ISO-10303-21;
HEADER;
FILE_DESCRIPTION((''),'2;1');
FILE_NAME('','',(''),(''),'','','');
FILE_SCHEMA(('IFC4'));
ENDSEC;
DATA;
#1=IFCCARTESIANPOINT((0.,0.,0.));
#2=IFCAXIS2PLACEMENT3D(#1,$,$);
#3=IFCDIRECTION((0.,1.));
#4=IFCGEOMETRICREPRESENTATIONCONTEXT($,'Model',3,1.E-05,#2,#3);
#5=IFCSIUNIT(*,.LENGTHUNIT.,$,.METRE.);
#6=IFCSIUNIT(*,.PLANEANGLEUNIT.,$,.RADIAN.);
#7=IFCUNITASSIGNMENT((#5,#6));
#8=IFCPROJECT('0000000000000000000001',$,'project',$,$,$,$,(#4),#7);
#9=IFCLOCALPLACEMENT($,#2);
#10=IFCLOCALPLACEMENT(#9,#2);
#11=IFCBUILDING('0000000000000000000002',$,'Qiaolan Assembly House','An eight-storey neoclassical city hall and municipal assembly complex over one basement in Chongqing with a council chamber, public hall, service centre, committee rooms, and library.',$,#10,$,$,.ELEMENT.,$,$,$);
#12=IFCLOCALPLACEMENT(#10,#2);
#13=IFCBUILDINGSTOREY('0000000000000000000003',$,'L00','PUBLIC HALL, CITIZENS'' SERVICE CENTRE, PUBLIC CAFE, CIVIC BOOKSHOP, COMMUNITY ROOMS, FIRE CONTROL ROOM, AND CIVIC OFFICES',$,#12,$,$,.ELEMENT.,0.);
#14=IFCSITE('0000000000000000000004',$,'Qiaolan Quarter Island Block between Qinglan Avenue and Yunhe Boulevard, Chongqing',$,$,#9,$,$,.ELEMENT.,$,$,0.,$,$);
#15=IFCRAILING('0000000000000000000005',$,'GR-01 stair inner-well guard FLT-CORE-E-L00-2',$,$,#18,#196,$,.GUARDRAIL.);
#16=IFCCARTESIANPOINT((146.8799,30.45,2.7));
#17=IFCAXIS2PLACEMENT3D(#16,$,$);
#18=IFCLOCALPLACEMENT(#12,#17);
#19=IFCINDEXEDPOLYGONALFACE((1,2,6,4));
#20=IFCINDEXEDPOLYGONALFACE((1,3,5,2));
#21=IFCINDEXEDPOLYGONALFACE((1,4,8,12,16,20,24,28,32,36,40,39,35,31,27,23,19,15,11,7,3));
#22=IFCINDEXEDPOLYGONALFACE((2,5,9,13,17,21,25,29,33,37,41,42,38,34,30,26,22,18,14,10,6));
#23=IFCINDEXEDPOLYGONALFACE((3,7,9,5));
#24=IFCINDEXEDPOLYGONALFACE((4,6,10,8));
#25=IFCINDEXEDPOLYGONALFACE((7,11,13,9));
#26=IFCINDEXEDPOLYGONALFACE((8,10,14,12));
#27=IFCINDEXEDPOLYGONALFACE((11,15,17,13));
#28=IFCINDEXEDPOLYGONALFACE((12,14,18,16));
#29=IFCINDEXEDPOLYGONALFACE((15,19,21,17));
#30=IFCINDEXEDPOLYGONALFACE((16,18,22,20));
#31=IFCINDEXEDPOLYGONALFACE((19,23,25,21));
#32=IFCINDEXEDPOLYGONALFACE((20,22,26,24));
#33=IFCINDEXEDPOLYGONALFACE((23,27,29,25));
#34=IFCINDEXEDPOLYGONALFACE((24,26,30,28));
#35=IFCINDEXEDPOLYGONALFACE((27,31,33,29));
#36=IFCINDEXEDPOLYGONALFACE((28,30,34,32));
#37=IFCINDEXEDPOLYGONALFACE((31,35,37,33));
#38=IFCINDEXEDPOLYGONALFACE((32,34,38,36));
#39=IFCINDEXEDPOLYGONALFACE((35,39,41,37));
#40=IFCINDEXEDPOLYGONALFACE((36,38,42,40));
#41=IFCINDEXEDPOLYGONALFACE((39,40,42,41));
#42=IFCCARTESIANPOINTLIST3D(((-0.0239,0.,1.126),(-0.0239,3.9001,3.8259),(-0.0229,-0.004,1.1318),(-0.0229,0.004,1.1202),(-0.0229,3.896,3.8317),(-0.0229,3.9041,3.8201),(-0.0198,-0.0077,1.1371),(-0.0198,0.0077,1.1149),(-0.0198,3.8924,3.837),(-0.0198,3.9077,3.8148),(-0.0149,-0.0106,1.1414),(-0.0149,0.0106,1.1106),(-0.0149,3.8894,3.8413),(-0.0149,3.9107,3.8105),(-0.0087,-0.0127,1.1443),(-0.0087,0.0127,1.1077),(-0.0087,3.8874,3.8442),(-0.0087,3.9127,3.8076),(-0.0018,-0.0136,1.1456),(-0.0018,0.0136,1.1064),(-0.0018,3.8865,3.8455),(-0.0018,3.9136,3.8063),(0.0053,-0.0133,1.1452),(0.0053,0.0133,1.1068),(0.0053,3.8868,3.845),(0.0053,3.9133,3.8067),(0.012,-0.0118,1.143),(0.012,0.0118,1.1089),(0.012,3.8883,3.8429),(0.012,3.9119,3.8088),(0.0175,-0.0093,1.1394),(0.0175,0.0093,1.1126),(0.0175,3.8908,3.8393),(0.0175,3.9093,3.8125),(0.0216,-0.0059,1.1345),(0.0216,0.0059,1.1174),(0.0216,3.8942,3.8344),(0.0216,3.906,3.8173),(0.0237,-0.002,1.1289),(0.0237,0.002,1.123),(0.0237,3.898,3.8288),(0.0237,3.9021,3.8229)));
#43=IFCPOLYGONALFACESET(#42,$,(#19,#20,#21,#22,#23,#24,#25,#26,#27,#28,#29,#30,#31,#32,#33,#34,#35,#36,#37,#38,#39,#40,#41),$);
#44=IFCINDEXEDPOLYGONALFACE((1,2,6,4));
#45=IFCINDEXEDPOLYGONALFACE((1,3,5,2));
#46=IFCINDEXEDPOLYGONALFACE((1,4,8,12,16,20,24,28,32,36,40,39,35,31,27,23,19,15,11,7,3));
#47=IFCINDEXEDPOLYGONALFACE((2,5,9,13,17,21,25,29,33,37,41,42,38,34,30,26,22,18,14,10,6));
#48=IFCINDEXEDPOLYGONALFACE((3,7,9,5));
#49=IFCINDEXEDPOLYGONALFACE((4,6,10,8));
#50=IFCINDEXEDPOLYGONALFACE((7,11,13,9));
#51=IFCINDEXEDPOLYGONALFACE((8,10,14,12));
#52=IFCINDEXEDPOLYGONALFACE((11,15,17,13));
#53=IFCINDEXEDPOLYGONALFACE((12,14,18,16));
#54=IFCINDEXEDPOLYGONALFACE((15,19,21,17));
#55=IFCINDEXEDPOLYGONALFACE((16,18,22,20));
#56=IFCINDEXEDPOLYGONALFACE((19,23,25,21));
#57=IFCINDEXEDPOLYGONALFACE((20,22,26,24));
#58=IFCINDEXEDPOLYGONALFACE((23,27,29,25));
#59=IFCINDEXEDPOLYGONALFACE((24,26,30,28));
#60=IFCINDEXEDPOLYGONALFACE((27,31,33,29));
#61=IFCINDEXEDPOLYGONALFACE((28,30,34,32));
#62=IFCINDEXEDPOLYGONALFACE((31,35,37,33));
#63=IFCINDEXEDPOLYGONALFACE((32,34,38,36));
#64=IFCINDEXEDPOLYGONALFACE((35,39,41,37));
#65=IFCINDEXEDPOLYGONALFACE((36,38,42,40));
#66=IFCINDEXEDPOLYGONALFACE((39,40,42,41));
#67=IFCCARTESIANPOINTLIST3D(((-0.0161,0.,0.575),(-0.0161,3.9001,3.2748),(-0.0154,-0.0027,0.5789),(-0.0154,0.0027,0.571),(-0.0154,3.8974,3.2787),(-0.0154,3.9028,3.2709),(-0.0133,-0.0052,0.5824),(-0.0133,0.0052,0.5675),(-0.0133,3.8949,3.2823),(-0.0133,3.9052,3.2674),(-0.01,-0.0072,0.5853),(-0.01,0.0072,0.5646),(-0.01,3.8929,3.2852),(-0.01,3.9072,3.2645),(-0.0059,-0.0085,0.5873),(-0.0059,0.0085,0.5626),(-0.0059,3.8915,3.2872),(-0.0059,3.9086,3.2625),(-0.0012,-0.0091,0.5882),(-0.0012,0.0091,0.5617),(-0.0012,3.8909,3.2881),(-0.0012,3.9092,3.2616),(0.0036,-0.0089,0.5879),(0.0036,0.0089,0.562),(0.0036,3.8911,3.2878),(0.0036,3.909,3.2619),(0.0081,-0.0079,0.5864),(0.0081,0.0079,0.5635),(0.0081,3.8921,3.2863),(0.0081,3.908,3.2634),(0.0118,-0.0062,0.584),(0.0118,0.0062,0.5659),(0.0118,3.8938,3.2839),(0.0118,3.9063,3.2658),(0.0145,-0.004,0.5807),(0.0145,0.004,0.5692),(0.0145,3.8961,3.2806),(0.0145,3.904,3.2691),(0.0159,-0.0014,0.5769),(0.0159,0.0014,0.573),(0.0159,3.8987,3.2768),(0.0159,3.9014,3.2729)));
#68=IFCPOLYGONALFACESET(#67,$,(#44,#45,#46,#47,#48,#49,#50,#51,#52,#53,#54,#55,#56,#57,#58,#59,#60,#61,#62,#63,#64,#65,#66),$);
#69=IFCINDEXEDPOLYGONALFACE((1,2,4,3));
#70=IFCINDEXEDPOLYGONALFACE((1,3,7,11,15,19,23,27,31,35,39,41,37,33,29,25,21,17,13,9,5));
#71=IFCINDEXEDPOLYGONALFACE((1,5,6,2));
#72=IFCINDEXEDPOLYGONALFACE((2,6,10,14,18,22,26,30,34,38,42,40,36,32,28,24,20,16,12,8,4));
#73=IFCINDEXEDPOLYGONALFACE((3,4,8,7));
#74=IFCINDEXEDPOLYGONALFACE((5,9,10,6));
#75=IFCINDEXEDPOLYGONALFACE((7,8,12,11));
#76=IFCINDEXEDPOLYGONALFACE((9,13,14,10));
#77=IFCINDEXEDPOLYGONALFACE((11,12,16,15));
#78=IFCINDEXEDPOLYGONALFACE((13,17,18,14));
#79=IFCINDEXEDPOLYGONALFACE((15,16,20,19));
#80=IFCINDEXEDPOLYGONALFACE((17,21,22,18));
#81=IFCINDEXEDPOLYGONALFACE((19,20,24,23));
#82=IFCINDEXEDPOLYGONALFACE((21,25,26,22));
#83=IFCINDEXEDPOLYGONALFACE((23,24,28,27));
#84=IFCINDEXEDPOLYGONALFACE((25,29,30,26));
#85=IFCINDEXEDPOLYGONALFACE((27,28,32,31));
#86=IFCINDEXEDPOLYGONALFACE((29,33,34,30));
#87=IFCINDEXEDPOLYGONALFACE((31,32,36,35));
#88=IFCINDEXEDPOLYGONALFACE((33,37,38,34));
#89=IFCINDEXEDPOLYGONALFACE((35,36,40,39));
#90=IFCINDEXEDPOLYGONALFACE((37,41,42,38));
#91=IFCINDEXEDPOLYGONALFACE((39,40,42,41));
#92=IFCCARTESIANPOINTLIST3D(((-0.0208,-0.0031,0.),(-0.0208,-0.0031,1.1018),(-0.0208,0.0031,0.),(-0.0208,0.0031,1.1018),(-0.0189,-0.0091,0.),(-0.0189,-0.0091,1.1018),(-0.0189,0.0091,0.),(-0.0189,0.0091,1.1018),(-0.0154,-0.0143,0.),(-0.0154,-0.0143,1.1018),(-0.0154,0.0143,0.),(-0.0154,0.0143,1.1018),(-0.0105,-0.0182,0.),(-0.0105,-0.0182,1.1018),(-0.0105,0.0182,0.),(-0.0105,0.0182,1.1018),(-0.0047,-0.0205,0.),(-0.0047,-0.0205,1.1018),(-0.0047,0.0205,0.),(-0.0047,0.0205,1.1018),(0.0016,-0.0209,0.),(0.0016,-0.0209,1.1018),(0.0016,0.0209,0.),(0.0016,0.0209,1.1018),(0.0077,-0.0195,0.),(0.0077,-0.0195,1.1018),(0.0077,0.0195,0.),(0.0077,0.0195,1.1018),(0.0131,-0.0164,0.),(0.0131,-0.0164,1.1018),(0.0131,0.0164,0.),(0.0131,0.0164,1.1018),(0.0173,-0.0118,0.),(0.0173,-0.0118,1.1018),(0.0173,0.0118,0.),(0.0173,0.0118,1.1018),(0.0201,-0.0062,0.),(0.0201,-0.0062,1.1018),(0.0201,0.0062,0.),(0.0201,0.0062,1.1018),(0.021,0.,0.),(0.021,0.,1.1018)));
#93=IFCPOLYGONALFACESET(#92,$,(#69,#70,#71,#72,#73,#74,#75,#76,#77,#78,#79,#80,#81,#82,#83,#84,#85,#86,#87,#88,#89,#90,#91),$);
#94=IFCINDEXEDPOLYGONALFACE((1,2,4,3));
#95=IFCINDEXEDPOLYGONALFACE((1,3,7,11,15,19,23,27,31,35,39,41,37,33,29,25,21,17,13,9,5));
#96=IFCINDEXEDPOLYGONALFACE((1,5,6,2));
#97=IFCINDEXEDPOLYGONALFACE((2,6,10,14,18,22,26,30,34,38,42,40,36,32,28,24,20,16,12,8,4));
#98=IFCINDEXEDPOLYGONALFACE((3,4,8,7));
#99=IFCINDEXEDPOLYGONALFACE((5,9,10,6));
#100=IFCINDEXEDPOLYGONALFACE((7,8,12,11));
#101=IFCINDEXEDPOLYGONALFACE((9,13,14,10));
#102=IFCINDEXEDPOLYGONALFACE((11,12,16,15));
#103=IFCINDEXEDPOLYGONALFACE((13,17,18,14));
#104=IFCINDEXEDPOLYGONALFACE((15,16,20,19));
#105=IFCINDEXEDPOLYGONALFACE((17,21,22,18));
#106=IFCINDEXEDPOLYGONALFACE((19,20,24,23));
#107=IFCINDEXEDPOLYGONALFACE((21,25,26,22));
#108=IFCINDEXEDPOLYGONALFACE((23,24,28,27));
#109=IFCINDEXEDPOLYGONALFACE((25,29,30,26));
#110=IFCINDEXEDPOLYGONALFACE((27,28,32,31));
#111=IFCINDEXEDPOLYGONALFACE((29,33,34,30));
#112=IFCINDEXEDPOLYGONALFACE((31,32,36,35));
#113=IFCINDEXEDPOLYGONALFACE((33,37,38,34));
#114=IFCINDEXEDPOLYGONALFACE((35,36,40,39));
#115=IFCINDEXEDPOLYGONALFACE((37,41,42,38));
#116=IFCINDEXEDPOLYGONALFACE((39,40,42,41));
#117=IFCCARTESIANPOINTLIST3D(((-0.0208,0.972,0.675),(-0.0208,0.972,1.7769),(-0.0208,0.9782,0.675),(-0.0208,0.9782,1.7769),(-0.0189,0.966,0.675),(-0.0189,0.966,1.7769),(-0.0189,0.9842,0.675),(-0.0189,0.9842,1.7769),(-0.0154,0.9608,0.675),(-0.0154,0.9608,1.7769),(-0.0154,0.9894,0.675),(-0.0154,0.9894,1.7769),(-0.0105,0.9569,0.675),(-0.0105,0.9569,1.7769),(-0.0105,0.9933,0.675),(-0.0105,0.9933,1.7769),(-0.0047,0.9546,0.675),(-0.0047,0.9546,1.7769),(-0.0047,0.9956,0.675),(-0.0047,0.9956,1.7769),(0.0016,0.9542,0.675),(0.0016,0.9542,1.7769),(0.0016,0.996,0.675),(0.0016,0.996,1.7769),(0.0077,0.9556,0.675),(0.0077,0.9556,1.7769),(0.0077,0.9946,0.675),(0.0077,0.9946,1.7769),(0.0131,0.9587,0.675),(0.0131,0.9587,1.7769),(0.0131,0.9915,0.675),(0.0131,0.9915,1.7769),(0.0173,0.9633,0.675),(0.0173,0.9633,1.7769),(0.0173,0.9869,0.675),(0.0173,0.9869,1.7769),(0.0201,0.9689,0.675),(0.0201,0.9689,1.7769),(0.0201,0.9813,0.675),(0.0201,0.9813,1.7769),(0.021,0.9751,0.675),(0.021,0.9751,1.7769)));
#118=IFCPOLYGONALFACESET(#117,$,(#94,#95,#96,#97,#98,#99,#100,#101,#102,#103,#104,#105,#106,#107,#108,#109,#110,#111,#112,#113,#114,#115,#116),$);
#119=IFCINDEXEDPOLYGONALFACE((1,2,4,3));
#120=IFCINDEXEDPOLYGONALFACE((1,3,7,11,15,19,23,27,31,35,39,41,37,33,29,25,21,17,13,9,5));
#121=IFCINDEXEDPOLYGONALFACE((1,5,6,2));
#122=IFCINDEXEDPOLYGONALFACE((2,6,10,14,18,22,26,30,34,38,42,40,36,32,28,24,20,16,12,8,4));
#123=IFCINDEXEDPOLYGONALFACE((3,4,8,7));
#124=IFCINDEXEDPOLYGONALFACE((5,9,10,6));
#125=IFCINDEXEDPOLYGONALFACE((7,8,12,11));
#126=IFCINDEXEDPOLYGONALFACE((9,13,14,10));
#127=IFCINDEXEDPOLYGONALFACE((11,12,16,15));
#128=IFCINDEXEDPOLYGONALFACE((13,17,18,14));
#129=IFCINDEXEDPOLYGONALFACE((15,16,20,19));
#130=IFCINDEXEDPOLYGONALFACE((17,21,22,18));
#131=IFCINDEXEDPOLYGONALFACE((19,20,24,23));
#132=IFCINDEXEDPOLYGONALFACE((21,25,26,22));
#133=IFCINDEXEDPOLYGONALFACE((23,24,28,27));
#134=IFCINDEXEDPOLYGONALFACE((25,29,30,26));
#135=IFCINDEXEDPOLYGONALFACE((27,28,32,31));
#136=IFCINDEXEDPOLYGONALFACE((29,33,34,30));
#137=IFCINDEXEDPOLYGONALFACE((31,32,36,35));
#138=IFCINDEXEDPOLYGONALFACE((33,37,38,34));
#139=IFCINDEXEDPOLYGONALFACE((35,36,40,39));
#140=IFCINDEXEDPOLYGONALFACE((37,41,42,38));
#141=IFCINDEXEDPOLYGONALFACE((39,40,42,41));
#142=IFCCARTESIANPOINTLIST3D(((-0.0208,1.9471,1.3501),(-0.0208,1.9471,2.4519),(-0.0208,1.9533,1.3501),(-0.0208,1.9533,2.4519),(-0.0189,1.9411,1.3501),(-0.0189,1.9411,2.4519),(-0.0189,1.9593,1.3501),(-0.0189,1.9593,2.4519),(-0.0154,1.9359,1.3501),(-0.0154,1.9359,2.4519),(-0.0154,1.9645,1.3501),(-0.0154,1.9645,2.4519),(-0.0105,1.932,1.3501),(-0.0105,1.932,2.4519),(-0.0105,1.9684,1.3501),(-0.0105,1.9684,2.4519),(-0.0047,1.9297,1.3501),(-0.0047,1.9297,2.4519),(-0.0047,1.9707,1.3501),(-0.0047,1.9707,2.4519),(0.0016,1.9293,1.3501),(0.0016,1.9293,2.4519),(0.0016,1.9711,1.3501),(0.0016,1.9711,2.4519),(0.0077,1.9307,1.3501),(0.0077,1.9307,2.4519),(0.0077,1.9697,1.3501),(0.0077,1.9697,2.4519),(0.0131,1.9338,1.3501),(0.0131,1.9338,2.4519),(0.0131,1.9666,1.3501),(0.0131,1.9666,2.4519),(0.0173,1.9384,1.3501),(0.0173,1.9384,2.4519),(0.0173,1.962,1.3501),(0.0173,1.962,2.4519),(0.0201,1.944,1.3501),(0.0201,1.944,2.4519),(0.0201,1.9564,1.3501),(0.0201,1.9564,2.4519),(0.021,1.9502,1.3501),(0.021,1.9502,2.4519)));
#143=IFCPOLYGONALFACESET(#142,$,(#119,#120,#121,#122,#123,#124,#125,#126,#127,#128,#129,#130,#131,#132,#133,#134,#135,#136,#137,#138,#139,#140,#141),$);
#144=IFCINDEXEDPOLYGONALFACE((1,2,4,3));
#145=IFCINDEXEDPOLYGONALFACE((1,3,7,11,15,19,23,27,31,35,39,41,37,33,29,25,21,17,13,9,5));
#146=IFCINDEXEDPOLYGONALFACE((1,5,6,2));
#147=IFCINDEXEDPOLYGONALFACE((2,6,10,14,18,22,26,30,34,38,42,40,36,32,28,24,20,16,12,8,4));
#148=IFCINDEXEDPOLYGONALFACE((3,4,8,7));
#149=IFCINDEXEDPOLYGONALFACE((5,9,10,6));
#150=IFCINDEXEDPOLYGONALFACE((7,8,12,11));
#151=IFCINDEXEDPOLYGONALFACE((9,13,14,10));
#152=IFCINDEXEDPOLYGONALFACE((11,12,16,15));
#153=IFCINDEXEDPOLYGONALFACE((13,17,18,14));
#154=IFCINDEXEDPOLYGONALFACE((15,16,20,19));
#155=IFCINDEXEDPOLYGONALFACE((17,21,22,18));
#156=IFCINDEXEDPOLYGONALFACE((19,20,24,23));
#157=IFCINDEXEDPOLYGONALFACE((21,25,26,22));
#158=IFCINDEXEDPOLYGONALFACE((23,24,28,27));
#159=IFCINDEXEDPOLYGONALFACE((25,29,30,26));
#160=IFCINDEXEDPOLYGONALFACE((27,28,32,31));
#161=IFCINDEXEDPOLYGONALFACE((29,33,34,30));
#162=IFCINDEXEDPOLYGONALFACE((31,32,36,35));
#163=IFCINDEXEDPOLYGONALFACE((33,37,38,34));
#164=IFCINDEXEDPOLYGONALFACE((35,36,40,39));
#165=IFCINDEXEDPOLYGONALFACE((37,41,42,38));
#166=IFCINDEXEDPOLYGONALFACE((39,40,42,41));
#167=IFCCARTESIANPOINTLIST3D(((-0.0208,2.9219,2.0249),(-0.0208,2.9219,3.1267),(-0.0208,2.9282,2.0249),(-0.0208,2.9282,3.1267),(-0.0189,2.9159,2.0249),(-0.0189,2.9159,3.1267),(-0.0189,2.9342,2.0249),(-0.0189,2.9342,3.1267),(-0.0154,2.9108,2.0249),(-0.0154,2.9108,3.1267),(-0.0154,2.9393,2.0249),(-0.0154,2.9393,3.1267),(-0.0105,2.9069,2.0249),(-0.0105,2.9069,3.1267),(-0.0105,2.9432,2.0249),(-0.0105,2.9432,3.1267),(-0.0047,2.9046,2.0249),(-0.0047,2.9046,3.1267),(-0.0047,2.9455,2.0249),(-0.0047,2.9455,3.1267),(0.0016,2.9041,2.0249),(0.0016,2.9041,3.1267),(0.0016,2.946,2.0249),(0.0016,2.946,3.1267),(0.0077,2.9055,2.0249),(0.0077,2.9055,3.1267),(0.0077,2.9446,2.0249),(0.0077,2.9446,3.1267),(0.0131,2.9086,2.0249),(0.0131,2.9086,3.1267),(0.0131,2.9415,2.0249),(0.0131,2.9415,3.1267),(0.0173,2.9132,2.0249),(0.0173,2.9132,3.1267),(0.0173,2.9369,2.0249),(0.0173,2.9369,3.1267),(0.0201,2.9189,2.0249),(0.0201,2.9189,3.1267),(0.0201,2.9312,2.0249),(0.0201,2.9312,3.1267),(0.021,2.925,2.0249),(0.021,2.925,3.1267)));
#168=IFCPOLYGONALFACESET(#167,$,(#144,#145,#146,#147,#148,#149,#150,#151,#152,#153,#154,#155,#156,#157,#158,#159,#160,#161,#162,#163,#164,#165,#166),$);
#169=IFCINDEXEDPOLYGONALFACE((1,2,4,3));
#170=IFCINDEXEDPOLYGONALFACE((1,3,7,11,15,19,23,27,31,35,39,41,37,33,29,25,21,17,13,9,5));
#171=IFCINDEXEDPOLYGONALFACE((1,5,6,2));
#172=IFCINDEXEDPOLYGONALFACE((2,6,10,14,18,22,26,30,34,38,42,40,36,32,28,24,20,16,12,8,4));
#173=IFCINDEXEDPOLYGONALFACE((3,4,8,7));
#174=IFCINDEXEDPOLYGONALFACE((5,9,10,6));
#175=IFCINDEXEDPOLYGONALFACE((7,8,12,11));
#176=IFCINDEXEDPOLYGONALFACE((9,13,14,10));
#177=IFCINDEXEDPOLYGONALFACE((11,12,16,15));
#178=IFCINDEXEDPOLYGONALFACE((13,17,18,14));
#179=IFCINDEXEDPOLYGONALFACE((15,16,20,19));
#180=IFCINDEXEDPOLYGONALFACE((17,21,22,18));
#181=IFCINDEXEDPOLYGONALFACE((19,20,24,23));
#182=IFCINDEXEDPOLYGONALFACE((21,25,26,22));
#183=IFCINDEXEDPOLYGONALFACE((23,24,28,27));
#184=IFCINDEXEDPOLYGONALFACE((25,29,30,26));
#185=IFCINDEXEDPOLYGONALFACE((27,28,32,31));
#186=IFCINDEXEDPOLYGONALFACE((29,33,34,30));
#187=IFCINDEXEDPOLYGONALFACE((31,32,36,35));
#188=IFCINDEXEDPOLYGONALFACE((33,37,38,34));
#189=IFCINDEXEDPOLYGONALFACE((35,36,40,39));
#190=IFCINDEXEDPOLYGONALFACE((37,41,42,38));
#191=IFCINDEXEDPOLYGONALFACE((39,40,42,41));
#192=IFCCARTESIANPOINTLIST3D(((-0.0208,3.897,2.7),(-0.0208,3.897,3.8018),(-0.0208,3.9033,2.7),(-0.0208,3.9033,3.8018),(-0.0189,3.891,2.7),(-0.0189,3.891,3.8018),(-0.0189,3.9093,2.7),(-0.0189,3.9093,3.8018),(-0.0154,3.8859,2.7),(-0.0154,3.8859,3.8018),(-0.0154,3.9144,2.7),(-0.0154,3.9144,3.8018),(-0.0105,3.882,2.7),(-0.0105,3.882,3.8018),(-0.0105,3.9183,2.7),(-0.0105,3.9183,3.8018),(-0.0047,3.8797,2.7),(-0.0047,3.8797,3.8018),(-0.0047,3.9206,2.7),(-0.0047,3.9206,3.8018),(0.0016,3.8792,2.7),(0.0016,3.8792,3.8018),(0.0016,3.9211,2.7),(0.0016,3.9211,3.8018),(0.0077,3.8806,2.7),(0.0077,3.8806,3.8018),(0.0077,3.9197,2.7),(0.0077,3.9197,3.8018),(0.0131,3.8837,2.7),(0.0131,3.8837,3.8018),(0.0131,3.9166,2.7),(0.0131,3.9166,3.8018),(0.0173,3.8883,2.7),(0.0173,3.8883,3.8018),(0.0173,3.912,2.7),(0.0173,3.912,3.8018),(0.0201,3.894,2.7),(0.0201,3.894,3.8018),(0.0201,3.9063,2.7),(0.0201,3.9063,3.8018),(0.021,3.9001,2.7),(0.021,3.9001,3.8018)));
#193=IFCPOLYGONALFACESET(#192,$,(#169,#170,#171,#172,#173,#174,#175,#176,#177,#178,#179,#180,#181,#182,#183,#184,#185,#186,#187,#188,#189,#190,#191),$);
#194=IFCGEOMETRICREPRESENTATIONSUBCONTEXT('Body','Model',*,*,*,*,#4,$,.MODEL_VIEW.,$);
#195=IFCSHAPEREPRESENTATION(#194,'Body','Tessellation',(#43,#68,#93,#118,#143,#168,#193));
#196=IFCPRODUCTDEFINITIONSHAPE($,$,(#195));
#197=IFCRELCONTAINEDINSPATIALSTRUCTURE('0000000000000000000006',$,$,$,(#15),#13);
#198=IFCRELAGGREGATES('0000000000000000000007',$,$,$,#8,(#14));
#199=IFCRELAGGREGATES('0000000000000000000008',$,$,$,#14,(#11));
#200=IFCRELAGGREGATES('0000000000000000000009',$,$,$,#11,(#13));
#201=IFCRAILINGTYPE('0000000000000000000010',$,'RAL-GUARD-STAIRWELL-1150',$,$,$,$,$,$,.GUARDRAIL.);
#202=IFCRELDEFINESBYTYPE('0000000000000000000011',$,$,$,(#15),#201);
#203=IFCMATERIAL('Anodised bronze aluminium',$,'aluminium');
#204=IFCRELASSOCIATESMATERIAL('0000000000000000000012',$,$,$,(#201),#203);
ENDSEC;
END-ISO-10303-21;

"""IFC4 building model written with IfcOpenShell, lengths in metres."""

from ifc_helpers import new_model, si_unit, direction, frame, origin, origin_2d, place, context, subcontext, project, spatial, circle, extrude, material, type_object, element, save


model = new_model("IFC4")

# Units and contexts
model_context = context("Model", 3, precision=1e-05, world=origin(), true_north=direction((0.0, 1.0)))
body_context = subcontext(model_context, "Body", "Model", "MODEL_VIEW")
ifc_project = project(units=[si_unit("LENGTHUNIT", "METRE"), si_unit("PLANEANGLEUNIT", "RADIAN")], contexts=[model_context])

# Site, building, storey
site_placement = place(None, origin())
site = spatial("IfcSite", under=ifc_project, at=site_placement, Name="Qiaolan Quarter Island Block between Qinglan Avenue and Yunhe Boulevard, Chongqing", CompositionType="ELEMENT", RefElevation=0.0)
building_placement = place(site_placement, origin())
building = spatial("IfcBuilding", under=site, at=building_placement, Name="Qiaolan Assembly House", Description="An eight-storey neoclassical city hall and municipal assembly complex over one basement in Chongqing with a council chamber, public hall, service centre, committee rooms, and library.", CompositionType="ELEMENT")
storey_placement = place(building_placement, origin())
storey = spatial("IfcBuildingStorey", under=building, at=storey_placement, Name="L00", Description="PUBLIC HALL, CITIZENS' SERVICE CENTRE, PUBLIC CAFE, CIVIC BOOKSHOP, COMMUNITY ROOMS, FIRE CONTROL ROOM, AND CIVIC OFFICES", CompositionType="ELEMENT", Elevation=0.0)

# Shared definitions
ifc_material_1 = material(Name="Anodised bronze aluminium", Category="aluminium")

# Railing
railing_type_1 = type_object("IfcRailingType", Name="RAL-GUARD-STAIRWELL-1150", PredefinedType="GUARDRAIL", material=ifc_material_1)
railing_1_placement = place(storey_placement, frame((146.8799, 30.45, 2.7)))
element("IfcRailing", 1, at=railing_1_placement, inside=storey, type_object=railing_type_1, Name="GR-01 stair inner-well guard FLT-CORE-E-L00-2", PredefinedType="GUARDRAIL", context=body_context, shape_type="SweptSolid", body=[
    extrude(circle(Radius=0.0239, at=origin_2d()), frame((0.0, 0.0, 1.126), z_axis=(0.0, 0.822207, 0.569189), x_axis=(-1.0, 0.0, 0.0)), (0.0, 0.0, 1.0), 4.7434),
    extrude(circle(Radius=0.0161, at=origin_2d()), frame((0.0, 0.0, 0.575), z_axis=(0.0, 0.822207, 0.569189), x_axis=(-1.0, 0.0, 0.0)), (0.0, 0.0, 1.0), 4.7434),
    extrude(circle(Radius=0.021, at=origin_2d()), origin(), (0.0, 0.0, 1.0), 1.1018),
    extrude(circle(Radius=0.021, at=origin_2d()), frame((0.0, 0.9751, 0.675)), (0.0, 0.0, 1.0), 1.1018),
    extrude(circle(Radius=0.021, at=origin_2d()), frame((0.0, 1.9502, 1.3501)), (0.0, 0.0, 1.0), 1.1018),
    extrude(circle(Radius=0.021, at=origin_2d()), frame((0.0, 2.925, 2.0249)), (0.0, 0.0, 1.0), 1.1018),
    extrude(circle(Radius=0.021, at=origin_2d()), frame((0.0, 3.9001, 2.7)), (0.0, 0.0, 1.0), 1.1018),
])

save(model, "model.ifc")
